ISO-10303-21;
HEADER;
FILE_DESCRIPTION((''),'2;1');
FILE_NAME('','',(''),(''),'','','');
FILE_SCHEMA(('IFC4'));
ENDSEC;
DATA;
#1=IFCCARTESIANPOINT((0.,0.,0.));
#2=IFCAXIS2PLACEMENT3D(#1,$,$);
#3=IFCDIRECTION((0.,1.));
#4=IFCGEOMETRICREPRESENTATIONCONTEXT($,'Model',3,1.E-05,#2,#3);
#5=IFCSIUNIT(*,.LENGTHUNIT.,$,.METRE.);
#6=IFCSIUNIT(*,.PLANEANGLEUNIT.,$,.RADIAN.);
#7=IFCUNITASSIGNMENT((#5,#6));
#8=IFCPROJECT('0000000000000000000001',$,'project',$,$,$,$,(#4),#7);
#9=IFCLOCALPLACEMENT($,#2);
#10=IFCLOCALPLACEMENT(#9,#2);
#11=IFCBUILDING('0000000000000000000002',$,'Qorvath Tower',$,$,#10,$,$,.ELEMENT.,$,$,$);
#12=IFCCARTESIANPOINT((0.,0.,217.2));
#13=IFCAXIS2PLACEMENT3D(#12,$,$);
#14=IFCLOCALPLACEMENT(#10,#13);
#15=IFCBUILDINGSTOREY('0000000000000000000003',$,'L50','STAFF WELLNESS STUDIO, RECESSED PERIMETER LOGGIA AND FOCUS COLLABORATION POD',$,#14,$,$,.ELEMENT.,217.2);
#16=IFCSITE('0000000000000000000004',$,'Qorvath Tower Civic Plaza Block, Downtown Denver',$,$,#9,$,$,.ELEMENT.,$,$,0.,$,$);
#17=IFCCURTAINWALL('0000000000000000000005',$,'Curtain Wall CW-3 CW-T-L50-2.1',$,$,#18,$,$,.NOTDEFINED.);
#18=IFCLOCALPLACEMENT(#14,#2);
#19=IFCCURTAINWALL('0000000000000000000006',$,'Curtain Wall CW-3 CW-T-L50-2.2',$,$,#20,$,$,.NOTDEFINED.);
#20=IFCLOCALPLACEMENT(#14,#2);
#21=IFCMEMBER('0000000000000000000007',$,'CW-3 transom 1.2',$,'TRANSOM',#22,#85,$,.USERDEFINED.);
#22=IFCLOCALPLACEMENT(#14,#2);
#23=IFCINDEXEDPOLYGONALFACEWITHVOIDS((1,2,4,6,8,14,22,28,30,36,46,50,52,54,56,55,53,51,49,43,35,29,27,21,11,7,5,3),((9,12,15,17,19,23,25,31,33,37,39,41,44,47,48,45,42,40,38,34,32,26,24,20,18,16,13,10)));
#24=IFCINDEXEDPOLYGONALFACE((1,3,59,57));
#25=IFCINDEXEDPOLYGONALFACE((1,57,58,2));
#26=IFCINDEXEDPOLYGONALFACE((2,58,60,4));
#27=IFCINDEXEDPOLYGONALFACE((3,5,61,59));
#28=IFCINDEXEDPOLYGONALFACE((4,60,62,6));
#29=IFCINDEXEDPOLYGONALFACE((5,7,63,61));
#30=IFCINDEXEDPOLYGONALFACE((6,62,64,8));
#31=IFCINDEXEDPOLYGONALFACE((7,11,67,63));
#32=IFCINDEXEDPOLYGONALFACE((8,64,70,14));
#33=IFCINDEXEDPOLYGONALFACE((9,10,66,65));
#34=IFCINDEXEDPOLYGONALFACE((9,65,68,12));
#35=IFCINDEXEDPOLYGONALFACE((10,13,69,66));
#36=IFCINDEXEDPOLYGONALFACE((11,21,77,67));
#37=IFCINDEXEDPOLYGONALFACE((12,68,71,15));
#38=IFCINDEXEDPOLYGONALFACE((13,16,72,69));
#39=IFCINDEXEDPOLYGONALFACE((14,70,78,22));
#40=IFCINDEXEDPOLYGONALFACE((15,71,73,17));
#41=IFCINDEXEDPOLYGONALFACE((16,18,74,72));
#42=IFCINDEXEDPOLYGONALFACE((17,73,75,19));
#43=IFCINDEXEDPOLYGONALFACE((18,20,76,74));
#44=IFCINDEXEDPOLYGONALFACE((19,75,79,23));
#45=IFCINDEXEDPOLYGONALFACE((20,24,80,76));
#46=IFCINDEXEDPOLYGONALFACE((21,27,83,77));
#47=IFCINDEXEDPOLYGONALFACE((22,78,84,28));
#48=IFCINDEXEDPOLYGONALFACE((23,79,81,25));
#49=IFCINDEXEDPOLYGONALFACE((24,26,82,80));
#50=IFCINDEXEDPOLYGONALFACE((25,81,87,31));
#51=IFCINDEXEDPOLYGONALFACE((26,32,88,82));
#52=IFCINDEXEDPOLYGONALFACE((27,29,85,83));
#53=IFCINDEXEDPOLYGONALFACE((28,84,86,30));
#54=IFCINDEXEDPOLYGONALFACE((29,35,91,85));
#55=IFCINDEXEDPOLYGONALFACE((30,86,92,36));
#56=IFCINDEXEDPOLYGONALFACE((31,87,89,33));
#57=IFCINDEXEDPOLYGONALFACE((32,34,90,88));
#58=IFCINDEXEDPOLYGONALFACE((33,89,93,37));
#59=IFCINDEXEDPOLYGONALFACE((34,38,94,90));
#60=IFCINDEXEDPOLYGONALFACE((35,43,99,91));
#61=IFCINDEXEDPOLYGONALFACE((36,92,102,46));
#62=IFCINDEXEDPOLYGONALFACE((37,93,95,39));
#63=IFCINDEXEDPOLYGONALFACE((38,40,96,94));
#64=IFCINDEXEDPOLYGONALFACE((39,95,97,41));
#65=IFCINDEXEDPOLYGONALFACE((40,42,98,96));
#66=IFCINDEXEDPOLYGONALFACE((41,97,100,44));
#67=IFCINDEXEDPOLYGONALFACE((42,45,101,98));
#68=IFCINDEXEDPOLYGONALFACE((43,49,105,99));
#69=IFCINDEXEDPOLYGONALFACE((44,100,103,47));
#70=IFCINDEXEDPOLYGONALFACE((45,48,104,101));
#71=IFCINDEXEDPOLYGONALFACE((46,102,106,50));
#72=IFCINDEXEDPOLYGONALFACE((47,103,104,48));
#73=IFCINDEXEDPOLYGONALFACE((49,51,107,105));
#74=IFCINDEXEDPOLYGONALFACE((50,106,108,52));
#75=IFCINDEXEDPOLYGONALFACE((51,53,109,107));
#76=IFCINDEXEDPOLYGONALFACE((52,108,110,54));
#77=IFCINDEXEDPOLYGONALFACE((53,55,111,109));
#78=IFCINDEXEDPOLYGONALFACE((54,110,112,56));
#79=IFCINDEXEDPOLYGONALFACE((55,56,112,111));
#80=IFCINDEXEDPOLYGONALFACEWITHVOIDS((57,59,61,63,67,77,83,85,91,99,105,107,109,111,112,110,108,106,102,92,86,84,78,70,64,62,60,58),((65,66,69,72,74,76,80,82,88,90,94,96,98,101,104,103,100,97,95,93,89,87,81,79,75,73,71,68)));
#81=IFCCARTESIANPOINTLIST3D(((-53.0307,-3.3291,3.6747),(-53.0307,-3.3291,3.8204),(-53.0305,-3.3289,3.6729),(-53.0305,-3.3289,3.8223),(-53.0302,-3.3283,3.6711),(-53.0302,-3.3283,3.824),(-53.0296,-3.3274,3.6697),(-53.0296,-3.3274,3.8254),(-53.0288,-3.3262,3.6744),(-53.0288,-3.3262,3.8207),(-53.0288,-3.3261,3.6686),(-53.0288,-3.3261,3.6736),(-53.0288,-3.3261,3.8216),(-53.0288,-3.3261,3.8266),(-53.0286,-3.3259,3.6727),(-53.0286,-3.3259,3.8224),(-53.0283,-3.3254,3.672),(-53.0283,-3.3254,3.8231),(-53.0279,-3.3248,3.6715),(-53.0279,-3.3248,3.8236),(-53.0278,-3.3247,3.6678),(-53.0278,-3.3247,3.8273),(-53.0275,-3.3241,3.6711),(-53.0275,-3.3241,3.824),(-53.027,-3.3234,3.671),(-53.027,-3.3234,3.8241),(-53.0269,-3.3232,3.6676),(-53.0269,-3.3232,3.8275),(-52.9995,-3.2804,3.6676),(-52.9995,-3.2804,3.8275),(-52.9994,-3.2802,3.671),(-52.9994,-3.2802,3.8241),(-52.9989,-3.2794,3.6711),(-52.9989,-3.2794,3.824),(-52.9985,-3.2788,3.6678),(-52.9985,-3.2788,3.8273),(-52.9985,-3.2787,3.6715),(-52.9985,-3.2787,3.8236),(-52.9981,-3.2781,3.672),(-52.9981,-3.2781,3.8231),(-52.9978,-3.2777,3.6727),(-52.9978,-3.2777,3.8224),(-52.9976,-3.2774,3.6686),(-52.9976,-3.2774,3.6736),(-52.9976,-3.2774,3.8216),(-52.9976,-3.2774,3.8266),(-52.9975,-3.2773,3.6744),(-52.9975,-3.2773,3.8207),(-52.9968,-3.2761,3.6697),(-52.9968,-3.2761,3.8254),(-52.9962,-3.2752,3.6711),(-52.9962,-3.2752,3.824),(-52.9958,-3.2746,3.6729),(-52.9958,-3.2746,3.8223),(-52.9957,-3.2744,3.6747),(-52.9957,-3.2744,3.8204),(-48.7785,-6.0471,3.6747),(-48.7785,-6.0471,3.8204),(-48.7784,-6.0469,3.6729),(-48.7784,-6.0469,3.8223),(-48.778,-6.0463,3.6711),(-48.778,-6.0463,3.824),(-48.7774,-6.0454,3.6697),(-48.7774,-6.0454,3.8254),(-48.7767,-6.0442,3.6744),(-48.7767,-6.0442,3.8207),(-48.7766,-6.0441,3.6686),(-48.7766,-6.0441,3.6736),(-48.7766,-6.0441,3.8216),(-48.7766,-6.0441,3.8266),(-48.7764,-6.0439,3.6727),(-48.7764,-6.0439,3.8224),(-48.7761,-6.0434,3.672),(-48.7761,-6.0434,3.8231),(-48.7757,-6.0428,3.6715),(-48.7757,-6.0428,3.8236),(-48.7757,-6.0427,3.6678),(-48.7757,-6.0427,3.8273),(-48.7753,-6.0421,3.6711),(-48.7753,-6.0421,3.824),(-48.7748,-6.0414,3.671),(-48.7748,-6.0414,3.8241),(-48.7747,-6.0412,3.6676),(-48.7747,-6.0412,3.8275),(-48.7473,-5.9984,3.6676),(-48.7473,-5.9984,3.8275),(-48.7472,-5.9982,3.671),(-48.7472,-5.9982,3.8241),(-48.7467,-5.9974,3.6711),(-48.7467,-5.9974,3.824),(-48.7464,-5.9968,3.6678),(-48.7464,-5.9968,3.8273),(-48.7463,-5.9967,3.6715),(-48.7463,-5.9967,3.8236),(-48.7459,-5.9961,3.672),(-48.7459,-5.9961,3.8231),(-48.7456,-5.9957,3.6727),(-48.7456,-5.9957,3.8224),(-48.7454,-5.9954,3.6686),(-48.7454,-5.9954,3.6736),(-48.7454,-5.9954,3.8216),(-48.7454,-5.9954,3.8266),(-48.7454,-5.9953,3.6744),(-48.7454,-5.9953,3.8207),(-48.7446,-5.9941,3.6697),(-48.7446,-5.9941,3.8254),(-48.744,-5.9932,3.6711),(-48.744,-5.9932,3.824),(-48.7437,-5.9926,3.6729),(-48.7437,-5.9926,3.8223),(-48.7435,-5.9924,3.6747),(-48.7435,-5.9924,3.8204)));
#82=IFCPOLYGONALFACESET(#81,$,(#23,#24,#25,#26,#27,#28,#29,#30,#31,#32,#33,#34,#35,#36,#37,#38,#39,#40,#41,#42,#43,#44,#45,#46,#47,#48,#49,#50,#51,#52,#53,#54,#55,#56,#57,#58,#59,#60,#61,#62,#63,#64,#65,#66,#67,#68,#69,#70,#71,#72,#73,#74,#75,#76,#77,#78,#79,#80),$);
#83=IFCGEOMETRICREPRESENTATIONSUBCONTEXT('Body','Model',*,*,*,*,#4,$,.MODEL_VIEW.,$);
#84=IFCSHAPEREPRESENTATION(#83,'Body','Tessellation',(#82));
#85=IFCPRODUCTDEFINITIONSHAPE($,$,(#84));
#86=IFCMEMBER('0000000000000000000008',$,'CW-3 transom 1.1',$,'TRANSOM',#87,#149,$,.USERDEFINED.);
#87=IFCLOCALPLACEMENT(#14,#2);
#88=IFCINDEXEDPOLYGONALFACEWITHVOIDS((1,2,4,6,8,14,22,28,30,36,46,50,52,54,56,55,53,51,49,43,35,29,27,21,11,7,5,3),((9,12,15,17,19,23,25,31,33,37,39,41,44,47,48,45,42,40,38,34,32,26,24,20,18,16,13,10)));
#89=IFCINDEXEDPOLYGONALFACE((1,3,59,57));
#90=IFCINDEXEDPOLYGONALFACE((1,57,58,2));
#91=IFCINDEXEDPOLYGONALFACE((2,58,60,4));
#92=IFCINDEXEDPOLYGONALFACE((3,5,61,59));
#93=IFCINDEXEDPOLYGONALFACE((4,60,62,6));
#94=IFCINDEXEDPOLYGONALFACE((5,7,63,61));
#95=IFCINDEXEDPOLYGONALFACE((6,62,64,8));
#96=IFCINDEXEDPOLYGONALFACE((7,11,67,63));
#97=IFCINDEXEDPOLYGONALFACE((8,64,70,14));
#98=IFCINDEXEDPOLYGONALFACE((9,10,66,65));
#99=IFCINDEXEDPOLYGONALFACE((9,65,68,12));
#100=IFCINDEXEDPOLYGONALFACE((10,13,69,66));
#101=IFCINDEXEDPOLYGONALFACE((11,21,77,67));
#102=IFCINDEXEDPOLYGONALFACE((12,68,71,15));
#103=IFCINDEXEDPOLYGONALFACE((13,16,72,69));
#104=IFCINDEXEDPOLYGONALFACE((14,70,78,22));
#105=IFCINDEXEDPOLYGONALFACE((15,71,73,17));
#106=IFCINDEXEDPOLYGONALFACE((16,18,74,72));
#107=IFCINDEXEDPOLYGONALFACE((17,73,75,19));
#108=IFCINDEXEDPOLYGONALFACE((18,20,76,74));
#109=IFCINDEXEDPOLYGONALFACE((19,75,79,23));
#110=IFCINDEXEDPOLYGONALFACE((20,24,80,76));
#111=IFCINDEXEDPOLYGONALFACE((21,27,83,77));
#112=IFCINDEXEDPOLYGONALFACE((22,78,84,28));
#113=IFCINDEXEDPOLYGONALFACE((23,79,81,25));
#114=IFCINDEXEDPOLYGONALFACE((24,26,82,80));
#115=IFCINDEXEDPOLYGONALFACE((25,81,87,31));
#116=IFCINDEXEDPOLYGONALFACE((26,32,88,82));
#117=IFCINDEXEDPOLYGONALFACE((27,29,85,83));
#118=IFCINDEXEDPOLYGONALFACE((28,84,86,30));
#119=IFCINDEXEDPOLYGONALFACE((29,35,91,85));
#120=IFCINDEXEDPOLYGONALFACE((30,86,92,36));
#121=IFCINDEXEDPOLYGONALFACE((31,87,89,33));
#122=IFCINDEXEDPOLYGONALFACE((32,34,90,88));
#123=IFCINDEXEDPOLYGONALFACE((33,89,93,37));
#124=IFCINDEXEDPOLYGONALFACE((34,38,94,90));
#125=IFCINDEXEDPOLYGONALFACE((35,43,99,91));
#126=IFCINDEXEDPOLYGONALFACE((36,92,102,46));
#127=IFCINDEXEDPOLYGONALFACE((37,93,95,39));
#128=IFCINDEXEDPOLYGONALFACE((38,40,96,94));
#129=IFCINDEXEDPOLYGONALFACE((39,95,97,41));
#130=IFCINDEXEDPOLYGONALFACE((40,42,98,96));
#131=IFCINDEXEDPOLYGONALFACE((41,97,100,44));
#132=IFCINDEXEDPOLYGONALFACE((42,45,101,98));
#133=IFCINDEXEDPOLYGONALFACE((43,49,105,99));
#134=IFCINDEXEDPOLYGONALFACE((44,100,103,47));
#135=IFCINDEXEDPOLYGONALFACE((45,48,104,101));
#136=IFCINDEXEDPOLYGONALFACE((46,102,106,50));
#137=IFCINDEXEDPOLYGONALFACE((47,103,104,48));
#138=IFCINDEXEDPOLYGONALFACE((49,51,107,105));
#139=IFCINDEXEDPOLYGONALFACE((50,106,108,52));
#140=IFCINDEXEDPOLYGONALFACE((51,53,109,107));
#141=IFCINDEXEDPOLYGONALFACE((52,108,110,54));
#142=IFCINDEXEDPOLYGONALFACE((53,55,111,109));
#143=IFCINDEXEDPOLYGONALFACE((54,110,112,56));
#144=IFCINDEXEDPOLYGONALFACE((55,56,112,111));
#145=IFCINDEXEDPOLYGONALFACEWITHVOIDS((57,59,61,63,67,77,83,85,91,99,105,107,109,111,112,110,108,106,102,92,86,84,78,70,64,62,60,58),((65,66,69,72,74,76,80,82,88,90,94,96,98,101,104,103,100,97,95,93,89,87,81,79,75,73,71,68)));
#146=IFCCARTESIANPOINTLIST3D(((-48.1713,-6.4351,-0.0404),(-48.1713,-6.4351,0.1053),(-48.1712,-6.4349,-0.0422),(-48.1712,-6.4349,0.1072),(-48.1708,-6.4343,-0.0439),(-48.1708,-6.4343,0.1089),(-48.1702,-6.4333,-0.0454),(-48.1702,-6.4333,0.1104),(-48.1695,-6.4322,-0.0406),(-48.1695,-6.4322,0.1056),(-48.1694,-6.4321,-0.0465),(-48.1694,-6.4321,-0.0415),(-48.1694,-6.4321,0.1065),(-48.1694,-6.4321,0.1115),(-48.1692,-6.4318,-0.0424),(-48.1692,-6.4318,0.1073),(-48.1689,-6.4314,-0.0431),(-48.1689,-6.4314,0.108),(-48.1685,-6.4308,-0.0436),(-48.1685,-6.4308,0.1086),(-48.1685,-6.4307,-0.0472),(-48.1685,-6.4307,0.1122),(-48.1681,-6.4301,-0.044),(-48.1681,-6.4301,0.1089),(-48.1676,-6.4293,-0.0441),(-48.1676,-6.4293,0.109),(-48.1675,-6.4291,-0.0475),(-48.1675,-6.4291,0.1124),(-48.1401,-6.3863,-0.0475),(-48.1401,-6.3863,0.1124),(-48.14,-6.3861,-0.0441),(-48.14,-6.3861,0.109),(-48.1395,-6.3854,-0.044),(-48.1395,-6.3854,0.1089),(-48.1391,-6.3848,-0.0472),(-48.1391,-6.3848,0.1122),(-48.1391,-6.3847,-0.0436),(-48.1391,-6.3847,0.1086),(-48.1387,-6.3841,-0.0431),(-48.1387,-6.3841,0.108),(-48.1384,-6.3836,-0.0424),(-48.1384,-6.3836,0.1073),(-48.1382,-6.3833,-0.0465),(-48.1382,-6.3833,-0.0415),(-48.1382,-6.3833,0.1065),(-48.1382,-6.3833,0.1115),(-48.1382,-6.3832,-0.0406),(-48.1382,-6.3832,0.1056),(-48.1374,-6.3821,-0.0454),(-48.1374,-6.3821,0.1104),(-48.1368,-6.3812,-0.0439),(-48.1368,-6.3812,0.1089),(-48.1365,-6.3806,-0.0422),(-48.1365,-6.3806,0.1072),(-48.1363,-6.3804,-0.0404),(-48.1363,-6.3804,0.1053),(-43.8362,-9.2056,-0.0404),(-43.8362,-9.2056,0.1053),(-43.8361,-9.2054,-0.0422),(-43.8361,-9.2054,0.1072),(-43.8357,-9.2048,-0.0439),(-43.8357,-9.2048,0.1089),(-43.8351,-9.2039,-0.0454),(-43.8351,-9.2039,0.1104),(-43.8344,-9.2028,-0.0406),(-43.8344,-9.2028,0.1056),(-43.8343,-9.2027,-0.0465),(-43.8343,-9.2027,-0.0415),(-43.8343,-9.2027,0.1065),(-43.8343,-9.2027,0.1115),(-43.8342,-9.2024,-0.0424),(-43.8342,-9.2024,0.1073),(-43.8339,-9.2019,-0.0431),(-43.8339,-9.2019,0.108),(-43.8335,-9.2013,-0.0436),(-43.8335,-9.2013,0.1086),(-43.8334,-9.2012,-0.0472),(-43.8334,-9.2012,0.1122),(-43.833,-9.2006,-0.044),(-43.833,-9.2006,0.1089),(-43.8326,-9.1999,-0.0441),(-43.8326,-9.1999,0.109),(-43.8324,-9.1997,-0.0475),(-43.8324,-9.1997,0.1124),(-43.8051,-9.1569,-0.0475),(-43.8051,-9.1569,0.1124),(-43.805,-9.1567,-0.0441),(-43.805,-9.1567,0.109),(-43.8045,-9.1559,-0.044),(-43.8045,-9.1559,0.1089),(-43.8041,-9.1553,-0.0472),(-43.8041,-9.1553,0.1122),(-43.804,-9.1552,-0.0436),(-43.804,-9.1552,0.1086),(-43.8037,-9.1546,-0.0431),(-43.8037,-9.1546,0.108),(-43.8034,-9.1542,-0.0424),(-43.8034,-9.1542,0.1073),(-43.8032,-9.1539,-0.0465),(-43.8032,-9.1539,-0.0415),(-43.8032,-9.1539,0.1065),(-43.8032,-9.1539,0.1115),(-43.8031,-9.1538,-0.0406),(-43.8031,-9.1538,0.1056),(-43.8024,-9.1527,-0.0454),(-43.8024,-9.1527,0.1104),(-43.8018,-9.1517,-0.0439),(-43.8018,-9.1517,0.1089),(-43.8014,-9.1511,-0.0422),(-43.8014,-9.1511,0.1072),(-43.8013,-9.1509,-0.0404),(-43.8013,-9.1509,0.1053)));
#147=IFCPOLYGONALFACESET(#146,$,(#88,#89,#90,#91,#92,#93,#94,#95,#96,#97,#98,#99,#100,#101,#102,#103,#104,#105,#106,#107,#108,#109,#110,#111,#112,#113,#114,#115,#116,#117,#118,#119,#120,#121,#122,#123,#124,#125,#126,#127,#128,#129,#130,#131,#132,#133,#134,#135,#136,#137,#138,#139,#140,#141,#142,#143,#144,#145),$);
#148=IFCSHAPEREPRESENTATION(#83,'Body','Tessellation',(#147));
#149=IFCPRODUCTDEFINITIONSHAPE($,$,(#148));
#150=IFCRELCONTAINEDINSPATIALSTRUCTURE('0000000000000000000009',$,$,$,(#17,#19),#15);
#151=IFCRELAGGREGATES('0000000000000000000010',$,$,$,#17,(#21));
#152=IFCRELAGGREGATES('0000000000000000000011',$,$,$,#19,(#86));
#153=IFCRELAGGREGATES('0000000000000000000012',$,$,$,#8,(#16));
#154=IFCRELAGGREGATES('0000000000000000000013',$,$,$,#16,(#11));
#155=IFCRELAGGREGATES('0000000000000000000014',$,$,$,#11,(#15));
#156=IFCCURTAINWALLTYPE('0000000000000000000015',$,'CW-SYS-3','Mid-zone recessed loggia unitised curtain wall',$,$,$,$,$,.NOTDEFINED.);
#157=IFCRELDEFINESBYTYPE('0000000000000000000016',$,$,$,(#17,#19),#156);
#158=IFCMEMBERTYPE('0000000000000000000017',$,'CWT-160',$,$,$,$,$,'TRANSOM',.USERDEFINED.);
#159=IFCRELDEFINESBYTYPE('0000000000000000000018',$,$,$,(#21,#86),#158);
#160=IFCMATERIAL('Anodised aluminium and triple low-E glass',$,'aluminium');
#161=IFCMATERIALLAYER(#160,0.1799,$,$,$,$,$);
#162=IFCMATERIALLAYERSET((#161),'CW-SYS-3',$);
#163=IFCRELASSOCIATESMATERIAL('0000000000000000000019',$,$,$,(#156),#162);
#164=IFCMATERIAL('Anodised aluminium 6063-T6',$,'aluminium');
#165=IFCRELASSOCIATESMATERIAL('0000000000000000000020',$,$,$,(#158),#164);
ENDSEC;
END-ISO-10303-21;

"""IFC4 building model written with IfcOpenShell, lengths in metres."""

from ifc_helpers import new_model, si_unit, direction, frame, origin, origin_2d, place, context, subcontext, project, spatial, hollow_rectangle, extrude, material, layer, layer_set, material_profile, profile_set, type_object, element, aggregate, save


model = new_model("IFC4")

# Units and contexts
model_context = context("Model", 3, precision=1e-05, world=origin(), true_north=direction((0.0, 1.0)))
body_context = subcontext(model_context, "Body", "Model", "MODEL_VIEW")
ifc_project = project(units=[si_unit("LENGTHUNIT", "METRE"), si_unit("PLANEANGLEUNIT", "RADIAN")], contexts=[model_context])

# Site, building, storey
site_placement = place(None, origin())
site = spatial("IfcSite", under=ifc_project, at=site_placement, Name="Qorvath Tower Civic Plaza Block, Downtown Denver", CompositionType="ELEMENT", RefElevation=0.0)
building_placement = place(site_placement, origin())
building = spatial("IfcBuilding", under=site, at=building_placement, Name="Qorvath Tower", CompositionType="ELEMENT")
storey_placement = place(building_placement, frame((0.0, 0.0, 217.2)))
storey = spatial("IfcBuildingStorey", under=building, at=storey_placement, Name="L50", Description="STAFF WELLNESS STUDIO, RECESSED PERIMETER LOGGIA AND FOCUS COLLABORATION POD", CompositionType="ELEMENT", Elevation=217.2)

# Curtain walls
ifc_material_1 = material(Name="Anodised aluminium and triple low-E glass", Category="aluminium")
ifc_layer_1 = layer(ifc_material_1, 0.1799)
ifc_layer_set_1 = layer_set([ifc_layer_1], Name="CW-SYS-3")
curtain_wall_type = type_object("IfcCurtainWallType", Name="CW-SYS-3", Description="Mid-zone recessed loggia unitised curtain wall", PredefinedType="NOTDEFINED", material=ifc_layer_set_1)
curtain_wall_1_placement = place(storey_placement, origin())
curtain_wall_1 = element("IfcCurtainWall", 1, at=curtain_wall_1_placement, inside=storey, type_object=curtain_wall_type, Name="Curtain Wall CW-3 CW-T-L50-2.1", PredefinedType="NOTDEFINED")
curtain_wall_2_placement = place(storey_placement, origin())
curtain_wall_2 = element("IfcCurtainWall", 2, at=curtain_wall_2_placement, inside=storey, type_object=curtain_wall_type, Name="Curtain Wall CW-3 CW-T-L50-2.2", PredefinedType="NOTDEFINED")

# Members
ifc_material_2 = material(Name="Anodised aluminium 6063-T6", Category="aluminium")
ifc_material_profile_1 = material_profile(ifc_material_2, hollow_rectangle(XDim=0.0649, YDim=0.1599, WallThickness=0.0034, InnerFilletRadius=0.0034, OuterFilletRadius=0.0071, at=origin_2d()), Name="CWT 160x65")
ifc_profile_set_1 = profile_set([ifc_material_profile_1], Name="Anodised aluminium 6063-T6")
member_type_1 = type_object("IfcMemberType", Name="CWT-160", ElementType="TRANSOM", PredefinedType="USERDEFINED", material=ifc_profile_set_1)
member_1_placement = place(storey_placement, frame((-53.0132, -3.3018, 3.7476), z_axis=(0.842576, -0.538577, 0.0), x_axis=(0.538577, 0.842576, 0.0)))
member_1 = element("IfcMember", 3, at=member_1_placement, type_object=member_type_1, Name="CW-3 transom 1.2", ObjectType="TRANSOM", PredefinedType="USERDEFINED", context=body_context, shape_type="SweptSolid", body=[
    extrude(hollow_rectangle(XDim=0.0649, YDim=0.1599, WallThickness=0.0034, InnerFilletRadius=0.0034, OuterFilletRadius=0.0071, at=origin_2d()), origin(), (0.0, 0.0, 1.0), 5.0466),
])
member_2_placement = place(storey_placement, frame((-48.1538, -6.4077, 0.0325), z_axis=(0.842613, -0.53852, 0.0), x_axis=(0.53852, 0.842613, 0.0)))
member_2 = element("IfcMember", 4, at=member_2_placement, type_object=member_type_1, Name="CW-3 transom 1.1", ObjectType="TRANSOM", PredefinedType="USERDEFINED", context=body_context, shape_type="SweptSolid", body=[
    extrude(hollow_rectangle(XDim=0.0649, YDim=0.1599, WallThickness=0.0034, InnerFilletRadius=0.0034, OuterFilletRadius=0.0071, at=origin_2d()), origin(), (0.0, 0.0, 1.0), 5.1448),
])

aggregate(curtain_wall_1, [member_1])
aggregate(curtain_wall_2, [member_2])

save(model, "model.ifc")
